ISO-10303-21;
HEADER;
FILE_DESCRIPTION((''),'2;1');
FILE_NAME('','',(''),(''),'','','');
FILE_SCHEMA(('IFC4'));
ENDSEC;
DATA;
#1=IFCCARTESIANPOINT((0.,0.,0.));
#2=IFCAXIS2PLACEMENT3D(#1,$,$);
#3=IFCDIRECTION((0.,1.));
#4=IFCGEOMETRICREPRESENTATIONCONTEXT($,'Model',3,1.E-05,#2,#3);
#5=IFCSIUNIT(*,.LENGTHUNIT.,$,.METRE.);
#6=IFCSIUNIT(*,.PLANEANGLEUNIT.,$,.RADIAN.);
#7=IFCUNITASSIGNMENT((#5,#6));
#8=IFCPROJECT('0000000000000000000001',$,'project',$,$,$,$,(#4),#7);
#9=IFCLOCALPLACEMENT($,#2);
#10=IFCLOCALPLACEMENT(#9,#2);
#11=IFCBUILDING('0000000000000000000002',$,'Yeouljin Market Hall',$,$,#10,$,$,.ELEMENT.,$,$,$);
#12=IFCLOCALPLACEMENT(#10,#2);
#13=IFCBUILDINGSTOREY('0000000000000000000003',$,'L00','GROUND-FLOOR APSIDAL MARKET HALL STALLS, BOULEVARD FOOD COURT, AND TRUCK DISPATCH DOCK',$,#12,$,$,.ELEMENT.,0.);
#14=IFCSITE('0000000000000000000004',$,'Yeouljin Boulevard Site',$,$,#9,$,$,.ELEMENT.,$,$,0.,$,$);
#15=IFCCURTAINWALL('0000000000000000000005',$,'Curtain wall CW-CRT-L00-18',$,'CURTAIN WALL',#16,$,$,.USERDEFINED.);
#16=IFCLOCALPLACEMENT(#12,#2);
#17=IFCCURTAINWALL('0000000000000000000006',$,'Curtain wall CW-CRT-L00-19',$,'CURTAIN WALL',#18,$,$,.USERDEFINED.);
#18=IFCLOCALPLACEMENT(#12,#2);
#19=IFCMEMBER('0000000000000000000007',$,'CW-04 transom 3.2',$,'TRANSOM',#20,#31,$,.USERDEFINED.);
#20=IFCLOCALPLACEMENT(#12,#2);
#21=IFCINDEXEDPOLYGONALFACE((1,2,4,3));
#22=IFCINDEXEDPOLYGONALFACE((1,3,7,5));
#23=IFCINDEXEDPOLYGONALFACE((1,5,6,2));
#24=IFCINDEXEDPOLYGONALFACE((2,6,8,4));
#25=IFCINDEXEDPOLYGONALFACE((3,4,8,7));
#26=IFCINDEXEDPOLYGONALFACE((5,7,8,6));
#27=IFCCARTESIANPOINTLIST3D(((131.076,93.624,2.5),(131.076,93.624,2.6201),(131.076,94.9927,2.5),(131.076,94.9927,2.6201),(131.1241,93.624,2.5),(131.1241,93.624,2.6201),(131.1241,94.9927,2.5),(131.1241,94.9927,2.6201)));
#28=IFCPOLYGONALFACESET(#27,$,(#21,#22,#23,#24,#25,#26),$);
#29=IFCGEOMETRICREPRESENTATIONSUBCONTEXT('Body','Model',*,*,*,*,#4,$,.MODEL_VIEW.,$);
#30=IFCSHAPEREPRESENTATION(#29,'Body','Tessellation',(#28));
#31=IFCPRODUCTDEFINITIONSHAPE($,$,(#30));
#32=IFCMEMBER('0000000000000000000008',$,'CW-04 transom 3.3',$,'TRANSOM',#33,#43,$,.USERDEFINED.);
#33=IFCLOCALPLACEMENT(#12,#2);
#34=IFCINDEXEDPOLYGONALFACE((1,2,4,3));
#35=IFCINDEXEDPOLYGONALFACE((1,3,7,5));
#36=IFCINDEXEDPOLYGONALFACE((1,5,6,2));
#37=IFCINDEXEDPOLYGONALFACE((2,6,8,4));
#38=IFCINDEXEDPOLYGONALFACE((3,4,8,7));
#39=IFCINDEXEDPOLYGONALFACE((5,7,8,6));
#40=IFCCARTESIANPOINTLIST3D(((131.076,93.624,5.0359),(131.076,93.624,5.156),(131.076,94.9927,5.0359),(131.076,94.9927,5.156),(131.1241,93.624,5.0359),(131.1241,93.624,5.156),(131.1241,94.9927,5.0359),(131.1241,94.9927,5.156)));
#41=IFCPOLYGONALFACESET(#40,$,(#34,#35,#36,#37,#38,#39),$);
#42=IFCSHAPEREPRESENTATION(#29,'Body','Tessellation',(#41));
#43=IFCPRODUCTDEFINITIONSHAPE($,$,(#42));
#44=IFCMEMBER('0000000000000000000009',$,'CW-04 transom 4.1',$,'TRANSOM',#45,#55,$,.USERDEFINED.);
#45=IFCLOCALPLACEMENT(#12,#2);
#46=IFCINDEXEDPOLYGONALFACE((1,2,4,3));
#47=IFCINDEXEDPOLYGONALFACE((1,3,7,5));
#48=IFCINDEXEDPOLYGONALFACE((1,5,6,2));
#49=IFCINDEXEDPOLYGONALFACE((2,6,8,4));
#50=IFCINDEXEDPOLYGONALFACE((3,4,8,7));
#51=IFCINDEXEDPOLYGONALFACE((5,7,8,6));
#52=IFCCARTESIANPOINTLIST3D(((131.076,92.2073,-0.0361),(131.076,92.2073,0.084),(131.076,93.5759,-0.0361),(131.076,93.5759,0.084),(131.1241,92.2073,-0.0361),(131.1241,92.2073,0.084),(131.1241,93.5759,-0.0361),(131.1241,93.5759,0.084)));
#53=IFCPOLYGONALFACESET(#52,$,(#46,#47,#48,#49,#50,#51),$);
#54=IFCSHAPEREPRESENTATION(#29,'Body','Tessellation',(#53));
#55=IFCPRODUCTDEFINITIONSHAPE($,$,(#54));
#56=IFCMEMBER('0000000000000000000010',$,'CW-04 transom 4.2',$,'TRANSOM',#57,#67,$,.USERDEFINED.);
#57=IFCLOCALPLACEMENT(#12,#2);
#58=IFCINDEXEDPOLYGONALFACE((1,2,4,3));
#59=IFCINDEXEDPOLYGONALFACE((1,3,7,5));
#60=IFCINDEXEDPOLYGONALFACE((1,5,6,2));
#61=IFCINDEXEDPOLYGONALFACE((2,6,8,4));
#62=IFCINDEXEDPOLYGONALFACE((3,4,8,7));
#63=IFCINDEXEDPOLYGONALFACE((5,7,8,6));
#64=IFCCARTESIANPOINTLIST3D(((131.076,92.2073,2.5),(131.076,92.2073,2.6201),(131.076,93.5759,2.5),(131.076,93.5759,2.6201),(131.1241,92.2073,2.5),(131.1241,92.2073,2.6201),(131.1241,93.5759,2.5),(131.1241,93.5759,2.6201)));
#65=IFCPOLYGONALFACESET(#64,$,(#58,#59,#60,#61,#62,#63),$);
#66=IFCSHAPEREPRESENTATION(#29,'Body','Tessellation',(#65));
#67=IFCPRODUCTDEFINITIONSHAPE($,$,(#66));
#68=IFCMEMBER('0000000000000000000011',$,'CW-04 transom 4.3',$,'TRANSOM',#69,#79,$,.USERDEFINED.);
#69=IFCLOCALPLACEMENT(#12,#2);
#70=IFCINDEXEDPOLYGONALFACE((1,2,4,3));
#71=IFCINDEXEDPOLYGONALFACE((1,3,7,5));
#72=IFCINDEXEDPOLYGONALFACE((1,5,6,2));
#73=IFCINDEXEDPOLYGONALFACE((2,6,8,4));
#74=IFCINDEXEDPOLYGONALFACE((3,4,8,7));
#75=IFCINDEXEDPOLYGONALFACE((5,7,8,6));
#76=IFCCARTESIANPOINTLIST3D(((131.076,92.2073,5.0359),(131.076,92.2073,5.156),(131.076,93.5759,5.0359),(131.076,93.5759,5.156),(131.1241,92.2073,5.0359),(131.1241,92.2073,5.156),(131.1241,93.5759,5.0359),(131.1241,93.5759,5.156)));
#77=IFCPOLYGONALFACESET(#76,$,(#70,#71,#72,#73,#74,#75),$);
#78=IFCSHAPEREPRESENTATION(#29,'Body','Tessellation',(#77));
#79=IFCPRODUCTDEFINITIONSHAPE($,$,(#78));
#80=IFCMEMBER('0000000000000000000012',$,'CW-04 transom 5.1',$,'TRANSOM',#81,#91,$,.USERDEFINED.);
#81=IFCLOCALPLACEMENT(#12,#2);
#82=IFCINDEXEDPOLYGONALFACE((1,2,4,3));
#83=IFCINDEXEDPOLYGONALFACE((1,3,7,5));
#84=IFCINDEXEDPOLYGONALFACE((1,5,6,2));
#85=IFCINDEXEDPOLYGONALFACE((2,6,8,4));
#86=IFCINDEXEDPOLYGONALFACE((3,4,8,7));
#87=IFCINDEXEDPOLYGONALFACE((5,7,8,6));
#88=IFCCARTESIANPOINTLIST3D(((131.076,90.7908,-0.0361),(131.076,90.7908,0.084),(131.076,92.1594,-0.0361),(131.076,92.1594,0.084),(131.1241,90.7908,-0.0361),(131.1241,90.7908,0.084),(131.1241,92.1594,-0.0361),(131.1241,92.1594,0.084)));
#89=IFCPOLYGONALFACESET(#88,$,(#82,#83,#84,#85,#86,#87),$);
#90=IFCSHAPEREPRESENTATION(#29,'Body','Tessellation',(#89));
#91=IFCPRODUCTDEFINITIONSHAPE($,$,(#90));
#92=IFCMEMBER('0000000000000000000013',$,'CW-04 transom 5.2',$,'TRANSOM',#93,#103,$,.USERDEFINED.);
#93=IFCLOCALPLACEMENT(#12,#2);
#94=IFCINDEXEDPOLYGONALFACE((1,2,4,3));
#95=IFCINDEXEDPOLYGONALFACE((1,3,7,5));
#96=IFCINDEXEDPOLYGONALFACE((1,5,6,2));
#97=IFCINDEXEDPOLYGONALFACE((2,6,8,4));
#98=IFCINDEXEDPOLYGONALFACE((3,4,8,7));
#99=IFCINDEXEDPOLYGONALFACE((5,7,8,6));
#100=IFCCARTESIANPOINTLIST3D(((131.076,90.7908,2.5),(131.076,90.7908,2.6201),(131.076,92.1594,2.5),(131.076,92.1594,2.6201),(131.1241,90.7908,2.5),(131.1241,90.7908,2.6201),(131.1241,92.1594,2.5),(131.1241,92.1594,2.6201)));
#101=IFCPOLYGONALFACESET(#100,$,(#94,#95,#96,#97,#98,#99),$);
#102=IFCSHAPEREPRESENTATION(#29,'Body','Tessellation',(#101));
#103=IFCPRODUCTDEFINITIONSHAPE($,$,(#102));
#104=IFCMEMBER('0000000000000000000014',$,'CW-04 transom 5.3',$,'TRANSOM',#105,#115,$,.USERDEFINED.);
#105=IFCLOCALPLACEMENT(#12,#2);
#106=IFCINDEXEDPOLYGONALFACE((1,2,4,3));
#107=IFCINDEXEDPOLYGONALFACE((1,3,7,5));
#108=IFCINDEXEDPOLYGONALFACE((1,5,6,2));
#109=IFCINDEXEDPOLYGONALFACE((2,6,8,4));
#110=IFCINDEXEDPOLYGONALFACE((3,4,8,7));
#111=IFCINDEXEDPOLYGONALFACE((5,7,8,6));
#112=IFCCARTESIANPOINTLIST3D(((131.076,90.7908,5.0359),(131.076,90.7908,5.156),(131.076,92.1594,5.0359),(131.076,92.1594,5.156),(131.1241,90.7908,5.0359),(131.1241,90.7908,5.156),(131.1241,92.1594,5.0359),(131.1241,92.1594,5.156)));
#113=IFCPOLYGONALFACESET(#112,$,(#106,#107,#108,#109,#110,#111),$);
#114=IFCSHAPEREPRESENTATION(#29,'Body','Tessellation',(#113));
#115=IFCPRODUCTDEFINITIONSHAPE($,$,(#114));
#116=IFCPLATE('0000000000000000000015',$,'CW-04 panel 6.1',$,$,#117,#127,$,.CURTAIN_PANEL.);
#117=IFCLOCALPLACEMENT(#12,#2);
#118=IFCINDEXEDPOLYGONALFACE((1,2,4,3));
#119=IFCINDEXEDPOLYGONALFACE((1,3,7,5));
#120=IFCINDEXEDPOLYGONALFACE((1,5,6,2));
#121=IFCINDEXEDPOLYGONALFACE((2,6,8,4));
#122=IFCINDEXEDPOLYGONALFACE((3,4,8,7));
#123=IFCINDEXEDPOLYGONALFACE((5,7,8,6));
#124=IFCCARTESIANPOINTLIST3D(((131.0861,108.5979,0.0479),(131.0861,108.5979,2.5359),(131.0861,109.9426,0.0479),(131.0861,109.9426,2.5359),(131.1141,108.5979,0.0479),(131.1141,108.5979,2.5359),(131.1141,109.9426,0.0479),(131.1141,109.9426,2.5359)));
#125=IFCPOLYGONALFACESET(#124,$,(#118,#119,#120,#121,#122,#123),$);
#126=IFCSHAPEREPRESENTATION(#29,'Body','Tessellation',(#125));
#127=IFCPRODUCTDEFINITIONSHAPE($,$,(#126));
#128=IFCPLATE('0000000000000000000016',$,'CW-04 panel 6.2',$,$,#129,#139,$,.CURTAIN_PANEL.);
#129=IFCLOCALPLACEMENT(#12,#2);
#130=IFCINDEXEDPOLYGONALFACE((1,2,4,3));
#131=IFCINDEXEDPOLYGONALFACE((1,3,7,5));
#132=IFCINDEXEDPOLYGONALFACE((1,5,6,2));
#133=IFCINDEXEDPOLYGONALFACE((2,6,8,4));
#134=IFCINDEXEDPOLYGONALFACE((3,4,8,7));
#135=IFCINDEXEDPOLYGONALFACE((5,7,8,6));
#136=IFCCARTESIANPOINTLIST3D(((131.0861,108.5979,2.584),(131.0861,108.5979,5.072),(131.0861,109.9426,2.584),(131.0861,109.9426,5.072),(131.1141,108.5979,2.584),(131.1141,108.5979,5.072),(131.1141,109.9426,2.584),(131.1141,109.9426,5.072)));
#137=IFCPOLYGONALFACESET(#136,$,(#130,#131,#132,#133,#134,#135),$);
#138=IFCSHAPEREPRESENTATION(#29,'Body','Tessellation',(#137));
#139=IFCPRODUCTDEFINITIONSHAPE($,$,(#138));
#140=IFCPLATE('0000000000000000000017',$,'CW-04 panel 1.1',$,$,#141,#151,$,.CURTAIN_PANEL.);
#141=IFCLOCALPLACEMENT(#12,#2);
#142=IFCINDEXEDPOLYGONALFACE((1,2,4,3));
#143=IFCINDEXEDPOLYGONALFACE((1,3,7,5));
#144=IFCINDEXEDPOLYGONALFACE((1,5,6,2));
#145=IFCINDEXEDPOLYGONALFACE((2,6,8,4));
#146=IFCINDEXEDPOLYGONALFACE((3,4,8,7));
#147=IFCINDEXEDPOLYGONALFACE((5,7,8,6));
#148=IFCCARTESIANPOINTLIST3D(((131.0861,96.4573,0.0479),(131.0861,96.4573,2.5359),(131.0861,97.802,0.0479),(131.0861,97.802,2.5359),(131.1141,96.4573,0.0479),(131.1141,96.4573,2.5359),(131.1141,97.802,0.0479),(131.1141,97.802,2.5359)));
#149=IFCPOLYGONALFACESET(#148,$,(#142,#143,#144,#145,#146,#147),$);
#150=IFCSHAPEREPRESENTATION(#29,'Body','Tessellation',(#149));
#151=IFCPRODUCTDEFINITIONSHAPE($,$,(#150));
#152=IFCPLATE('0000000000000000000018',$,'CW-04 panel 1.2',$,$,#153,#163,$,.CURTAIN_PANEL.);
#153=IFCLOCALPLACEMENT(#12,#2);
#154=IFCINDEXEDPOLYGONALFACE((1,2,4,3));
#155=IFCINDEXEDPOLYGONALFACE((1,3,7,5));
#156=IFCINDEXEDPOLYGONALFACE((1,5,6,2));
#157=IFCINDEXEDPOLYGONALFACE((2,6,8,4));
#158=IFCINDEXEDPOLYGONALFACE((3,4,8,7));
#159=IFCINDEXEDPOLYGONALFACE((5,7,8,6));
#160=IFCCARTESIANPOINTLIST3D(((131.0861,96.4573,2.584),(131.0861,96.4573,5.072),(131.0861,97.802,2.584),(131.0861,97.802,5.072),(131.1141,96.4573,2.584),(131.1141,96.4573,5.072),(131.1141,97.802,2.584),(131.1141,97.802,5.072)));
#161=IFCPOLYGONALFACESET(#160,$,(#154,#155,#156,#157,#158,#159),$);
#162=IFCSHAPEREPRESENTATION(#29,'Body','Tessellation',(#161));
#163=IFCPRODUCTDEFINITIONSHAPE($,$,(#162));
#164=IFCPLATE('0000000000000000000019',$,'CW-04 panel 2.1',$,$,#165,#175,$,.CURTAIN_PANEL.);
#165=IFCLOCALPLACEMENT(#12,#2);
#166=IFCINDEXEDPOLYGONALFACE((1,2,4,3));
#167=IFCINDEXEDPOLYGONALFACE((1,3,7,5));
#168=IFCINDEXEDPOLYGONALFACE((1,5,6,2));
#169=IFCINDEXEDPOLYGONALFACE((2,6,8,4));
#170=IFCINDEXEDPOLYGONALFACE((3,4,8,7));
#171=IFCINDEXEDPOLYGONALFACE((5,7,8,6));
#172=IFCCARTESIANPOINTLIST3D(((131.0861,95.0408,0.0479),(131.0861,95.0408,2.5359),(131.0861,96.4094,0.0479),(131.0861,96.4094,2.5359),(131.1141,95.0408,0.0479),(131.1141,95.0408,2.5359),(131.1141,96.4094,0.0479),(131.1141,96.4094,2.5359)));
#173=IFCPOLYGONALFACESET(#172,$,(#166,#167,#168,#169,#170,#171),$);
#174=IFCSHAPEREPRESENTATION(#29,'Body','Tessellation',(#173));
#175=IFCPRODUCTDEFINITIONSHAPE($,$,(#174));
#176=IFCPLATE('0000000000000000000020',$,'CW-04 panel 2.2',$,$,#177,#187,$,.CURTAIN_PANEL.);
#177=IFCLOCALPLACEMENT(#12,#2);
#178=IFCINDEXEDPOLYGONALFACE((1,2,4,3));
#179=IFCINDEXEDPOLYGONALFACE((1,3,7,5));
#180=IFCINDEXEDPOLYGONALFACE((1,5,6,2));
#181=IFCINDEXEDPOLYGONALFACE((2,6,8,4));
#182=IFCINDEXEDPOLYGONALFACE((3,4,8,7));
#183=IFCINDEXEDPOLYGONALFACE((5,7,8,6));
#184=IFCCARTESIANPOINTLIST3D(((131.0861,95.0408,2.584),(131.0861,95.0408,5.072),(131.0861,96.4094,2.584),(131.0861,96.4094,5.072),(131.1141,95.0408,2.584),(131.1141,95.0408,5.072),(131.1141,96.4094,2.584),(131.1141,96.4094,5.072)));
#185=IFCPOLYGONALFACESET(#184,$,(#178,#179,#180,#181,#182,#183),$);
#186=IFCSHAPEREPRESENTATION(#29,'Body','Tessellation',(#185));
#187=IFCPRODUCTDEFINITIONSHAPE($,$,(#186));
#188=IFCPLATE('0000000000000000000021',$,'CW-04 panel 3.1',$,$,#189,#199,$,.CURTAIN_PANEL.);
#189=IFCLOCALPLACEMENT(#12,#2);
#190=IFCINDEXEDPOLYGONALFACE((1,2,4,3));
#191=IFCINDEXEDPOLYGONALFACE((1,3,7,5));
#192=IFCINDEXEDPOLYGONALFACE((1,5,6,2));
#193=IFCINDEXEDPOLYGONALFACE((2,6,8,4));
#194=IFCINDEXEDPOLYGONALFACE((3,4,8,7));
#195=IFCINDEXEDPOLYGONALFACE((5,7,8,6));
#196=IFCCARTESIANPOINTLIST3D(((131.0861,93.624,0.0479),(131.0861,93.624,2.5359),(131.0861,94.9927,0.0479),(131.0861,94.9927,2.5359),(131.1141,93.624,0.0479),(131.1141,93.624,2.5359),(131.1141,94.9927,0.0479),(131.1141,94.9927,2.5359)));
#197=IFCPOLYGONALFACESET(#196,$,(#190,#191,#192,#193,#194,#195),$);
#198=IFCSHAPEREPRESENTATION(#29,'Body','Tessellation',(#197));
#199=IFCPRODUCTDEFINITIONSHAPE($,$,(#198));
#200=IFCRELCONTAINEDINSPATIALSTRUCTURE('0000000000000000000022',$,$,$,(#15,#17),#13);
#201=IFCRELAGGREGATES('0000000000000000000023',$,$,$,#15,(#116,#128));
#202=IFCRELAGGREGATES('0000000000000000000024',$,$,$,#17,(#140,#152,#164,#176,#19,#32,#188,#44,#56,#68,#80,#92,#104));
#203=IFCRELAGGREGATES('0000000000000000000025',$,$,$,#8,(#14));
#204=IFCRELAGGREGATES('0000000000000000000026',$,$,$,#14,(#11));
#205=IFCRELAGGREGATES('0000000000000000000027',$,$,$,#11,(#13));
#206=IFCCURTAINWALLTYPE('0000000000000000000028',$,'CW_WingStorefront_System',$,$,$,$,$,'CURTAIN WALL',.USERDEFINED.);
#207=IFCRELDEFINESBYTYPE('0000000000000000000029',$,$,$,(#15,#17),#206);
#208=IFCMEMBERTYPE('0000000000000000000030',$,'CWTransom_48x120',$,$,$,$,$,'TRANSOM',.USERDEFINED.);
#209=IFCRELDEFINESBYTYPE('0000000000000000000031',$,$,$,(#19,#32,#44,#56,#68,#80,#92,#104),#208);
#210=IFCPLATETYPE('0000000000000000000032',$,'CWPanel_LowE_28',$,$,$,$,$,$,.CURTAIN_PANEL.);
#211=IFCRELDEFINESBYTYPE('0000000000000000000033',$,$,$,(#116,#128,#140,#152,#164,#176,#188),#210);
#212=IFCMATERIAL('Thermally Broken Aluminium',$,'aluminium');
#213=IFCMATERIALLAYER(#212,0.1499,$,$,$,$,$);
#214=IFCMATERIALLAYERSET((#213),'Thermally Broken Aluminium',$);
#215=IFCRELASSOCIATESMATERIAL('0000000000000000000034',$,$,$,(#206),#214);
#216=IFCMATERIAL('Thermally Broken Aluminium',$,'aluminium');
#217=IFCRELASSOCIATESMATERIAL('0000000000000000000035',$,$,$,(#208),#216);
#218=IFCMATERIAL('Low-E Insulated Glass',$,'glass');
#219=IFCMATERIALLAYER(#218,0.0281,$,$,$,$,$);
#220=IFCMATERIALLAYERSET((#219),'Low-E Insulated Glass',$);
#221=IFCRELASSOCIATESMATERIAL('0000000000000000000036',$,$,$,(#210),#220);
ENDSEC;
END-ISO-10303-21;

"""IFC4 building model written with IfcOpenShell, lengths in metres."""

from ifc_helpers import new_model, si_unit, direction, frame, origin, origin_2d, place, context, subcontext, project, spatial, rectangle, extrude, material, layer, layer_set, material_profile, profile_set, type_object, element, aggregate, save


model = new_model("IFC4")

# Units and contexts
model_context = context("Model", 3, precision=1e-05, world=origin(), true_north=direction((0.0, 1.0)))
body_context = subcontext(model_context, "Body", "Model", "MODEL_VIEW")
ifc_project = project(units=[si_unit("LENGTHUNIT", "METRE"), si_unit("PLANEANGLEUNIT", "RADIAN")], contexts=[model_context])

# Site, building, storey
site_placement = place(None, origin())
site = spatial("IfcSite", under=ifc_project, at=site_placement, Name="Yeouljin Boulevard Site", CompositionType="ELEMENT", RefElevation=0.0)
building_placement = place(site_placement, origin())
building = spatial("IfcBuilding", under=site, at=building_placement, Name="Yeouljin Market Hall", CompositionType="ELEMENT")
storey_placement = place(building_placement, origin())
storey = spatial("IfcBuildingStorey", under=building, at=storey_placement, Name="L00", Description="GROUND-FLOOR APSIDAL MARKET HALL STALLS, BOULEVARD FOOD COURT, AND TRUCK DISPATCH DOCK", CompositionType="ELEMENT", Elevation=0.0)

# Curtain wall
ifc_material_1 = material(Name="Thermally Broken Aluminium", Category="aluminium")
ifc_layer_1 = layer(ifc_material_1, 0.1499)
ifc_layer_set_1 = layer_set([ifc_layer_1], Name="Thermally Broken Aluminium")
curtain_wall_type = type_object("IfcCurtainWallType", Name="CW_WingStorefront_System", ElementType="CURTAIN WALL", PredefinedType="USERDEFINED", material=ifc_layer_set_1)
curtain_wall_1_placement = place(storey_placement, origin())
curtain_wall_1 = element("IfcCurtainWall", 1, at=curtain_wall_1_placement, inside=storey, type_object=curtain_wall_type, Name="Curtain wall CW-CRT-L00-18", ObjectType="CURTAIN WALL", PredefinedType="USERDEFINED")

# Curtain wall
curtain_wall_2_placement = place(storey_placement, origin())
curtain_wall_2 = element("IfcCurtainWall", 2, at=curtain_wall_2_placement, inside=storey, type_object=curtain_wall_type, Name="Curtain wall CW-CRT-L00-19", ObjectType="CURTAIN WALL", PredefinedType="USERDEFINED")

# Members
ifc_material_2 = material(Name="Thermally Broken Aluminium", Category="aluminium")
ifc_material_profile_1 = material_profile(ifc_material_2, rectangle(XDim=0.0481, YDim=0.1201, at=origin_2d()), Name="CW-TRAN-48x120")
ifc_profile_set_1 = profile_set([ifc_material_profile_1], Name="Thermally Broken Aluminium")
member_type_1 = type_object("IfcMemberType", Name="CWTransom_48x120", ElementType="TRANSOM", PredefinedType="USERDEFINED", material=ifc_profile_set_1)
member_1_placement = place(storey_placement, frame((131.1001, 94.9927, 2.5601), z_axis=(0.0, -1.0, 0.0), x_axis=(1.0, 0.0, 0.0)))
member_1 = element("IfcMember", 3, at=member_1_placement, type_object=member_type_1, Name="CW-04 transom 3.2", ObjectType="TRANSOM", PredefinedType="USERDEFINED", context=body_context, shape_type="SweptSolid", body=[
    extrude(rectangle(XDim=0.0481, YDim=0.1201, at=origin_2d()), origin(), (0.0, 0.0, 1.0), 1.3687),
])
member_2_placement = place(storey_placement, frame((131.1001, 94.9927, 5.0959), z_axis=(0.0, -1.0, 0.0), x_axis=(1.0, 0.0, 0.0)))
member_2 = element("IfcMember", 4, at=member_2_placement, type_object=member_type_1, Name="CW-04 transom 3.3", ObjectType="TRANSOM", PredefinedType="USERDEFINED", context=body_context, shape_type="SweptSolid", body=[
    extrude(rectangle(XDim=0.0481, YDim=0.1201, at=origin_2d()), origin(), (0.0, 0.0, 1.0), 1.3687),
])
member_3_placement = place(storey_placement, frame((131.1001, 93.5759, 0.0239), z_axis=(0.0, -1.0, 0.0), x_axis=(1.0, 0.0, 0.0)))
member_3 = element("IfcMember", 5, at=member_3_placement, type_object=member_type_1, Name="CW-04 transom 4.1", ObjectType="TRANSOM", PredefinedType="USERDEFINED", context=body_context, shape_type="SweptSolid", body=[
    extrude(rectangle(XDim=0.0481, YDim=0.1201, at=origin_2d()), origin(), (0.0, 0.0, 1.0), 1.3687),
])
member_4_placement = place(storey_placement, frame((131.1001, 93.5759, 2.5601), z_axis=(0.0, -1.0, 0.0), x_axis=(1.0, 0.0, 0.0)))
member_4 = element("IfcMember", 6, at=member_4_placement, type_object=member_type_1, Name="CW-04 transom 4.2", ObjectType="TRANSOM", PredefinedType="USERDEFINED", context=body_context, shape_type="SweptSolid", body=[
    extrude(rectangle(XDim=0.0481, YDim=0.1201, at=origin_2d()), origin(), (0.0, 0.0, 1.0), 1.3687),
])
member_5_placement = place(storey_placement, frame((131.1001, 93.5759, 5.0959), z_axis=(0.0, -1.0, 0.0), x_axis=(1.0, 0.0, 0.0)))
member_5 = element("IfcMember", 7, at=member_5_placement, type_object=member_type_1, Name="CW-04 transom 4.3", ObjectType="TRANSOM", PredefinedType="USERDEFINED", context=body_context, shape_type="SweptSolid", body=[
    extrude(rectangle(XDim=0.0481, YDim=0.1201, at=origin_2d()), origin(), (0.0, 0.0, 1.0), 1.3687),
])
member_6_placement = place(storey_placement, frame((131.1001, 92.1594, 0.0239), z_axis=(0.0, -1.0, 0.0), x_axis=(1.0, 0.0, 0.0)))
member_6 = element("IfcMember", 8, at=member_6_placement, type_object=member_type_1, Name="CW-04 transom 5.1", ObjectType="TRANSOM", PredefinedType="USERDEFINED", context=body_context, shape_type="SweptSolid", body=[
    extrude(rectangle(XDim=0.0481, YDim=0.1201, at=origin_2d()), origin(), (0.0, 0.0, 1.0), 1.3687),
])
member_7_placement = place(storey_placement, frame((131.1001, 92.1594, 2.5601), z_axis=(0.0, -1.0, 0.0), x_axis=(1.0, 0.0, 0.0)))
member_7 = element("IfcMember", 9, at=member_7_placement, type_object=member_type_1, Name="CW-04 transom 5.2", ObjectType="TRANSOM", PredefinedType="USERDEFINED", context=body_context, shape_type="SweptSolid", body=[
    extrude(rectangle(XDim=0.0481, YDim=0.1201, at=origin_2d()), origin(), (0.0, 0.0, 1.0), 1.3687),
])
member_8_placement = place(storey_placement, frame((131.1001, 92.1594, 5.0959), z_axis=(0.0, -1.0, 0.0), x_axis=(1.0, 0.0, 0.0)))
member_8 = element("IfcMember", 10, at=member_8_placement, type_object=member_type_1, Name="CW-04 transom 5.3", ObjectType="TRANSOM", PredefinedType="USERDEFINED", context=body_context, shape_type="SweptSolid", body=[
    extrude(rectangle(XDim=0.0481, YDim=0.1201, at=origin_2d()), origin(), (0.0, 0.0, 1.0), 1.3687),
])

# Plates
ifc_material_3 = material(Name="Low-E Insulated Glass", Category="glass")
ifc_layer_2 = layer(ifc_material_3, 0.0281)
ifc_layer_set_2 = layer_set([ifc_layer_2], Name="Low-E Insulated Glass")
plate_type = type_object("IfcPlateType", Name="CWPanel_LowE_28", PredefinedType="CURTAIN_PANEL", material=ifc_layer_set_2)
plate_1_placement = place(storey_placement, frame((131.1001, 109.2703, 0.0479), z_axis=(0.0, 0.0, 1.0), x_axis=(0.0, -1.0, 0.0)))
plate_1 = element("IfcPlate", 11, at=plate_1_placement, type_object=plate_type, Name="CW-04 panel 6.1", PredefinedType="CURTAIN_PANEL", context=body_context, shape_type="SweptSolid", body=[
    extrude(rectangle(XDim=1.3447, YDim=0.0281, at=origin_2d()), origin(), (0.0, 0.0, 1.0), 2.488),
])
plate_2_placement = place(storey_placement, frame((131.1001, 109.2703, 2.584), z_axis=(0.0, 0.0, 1.0), x_axis=(0.0, -1.0, 0.0)))
plate_2 = element("IfcPlate", 12, at=plate_2_placement, type_object=plate_type, Name="CW-04 panel 6.2", PredefinedType="CURTAIN_PANEL", context=body_context, shape_type="SweptSolid", body=[
    extrude(rectangle(XDim=1.3447, YDim=0.0281, at=origin_2d()), origin(), (0.0, 0.0, 1.0), 2.488),
])
aggregate(curtain_wall_1, [plate_1, plate_2])
plate_3_placement = place(storey_placement, frame((131.1001, 97.1296, 0.0479), z_axis=(0.0, 0.0, 1.0), x_axis=(0.0, -1.0, 0.0)))
plate_3 = element("IfcPlate", 13, at=plate_3_placement, type_object=plate_type, Name="CW-04 panel 1.1", PredefinedType="CURTAIN_PANEL", context=body_context, shape_type="SweptSolid", body=[
    extrude(rectangle(XDim=1.3447, YDim=0.0281, at=origin_2d()), origin(), (0.0, 0.0, 1.0), 2.488),
])
plate_4_placement = place(storey_placement, frame((131.1001, 97.1296, 2.584), z_axis=(0.0, 0.0, 1.0), x_axis=(0.0, -1.0, 0.0)))
plate_4 = element("IfcPlate", 14, at=plate_4_placement, type_object=plate_type, Name="CW-04 panel 1.2", PredefinedType="CURTAIN_PANEL", context=body_context, shape_type="SweptSolid", body=[
    extrude(rectangle(XDim=1.3447, YDim=0.0281, at=origin_2d()), origin(), (0.0, 0.0, 1.0), 2.488),
])
plate_5_placement = place(storey_placement, frame((131.1001, 95.7251, 0.0479), z_axis=(0.0, 0.0, 1.0), x_axis=(0.0, -1.0, 0.0)))
plate_5 = element("IfcPlate", 15, at=plate_5_placement, type_object=plate_type, Name="CW-04 panel 2.1", PredefinedType="CURTAIN_PANEL", context=body_context, shape_type="SweptSolid", body=[
    extrude(rectangle(XDim=1.3687, YDim=0.0281, at=origin_2d()), origin(), (0.0, 0.0, 1.0), 2.488),
])
plate_6_placement = place(storey_placement, frame((131.1001, 95.7251, 2.584), z_axis=(0.0, 0.0, 1.0), x_axis=(0.0, -1.0, 0.0)))
plate_6 = element("IfcPlate", 16, at=plate_6_placement, type_object=plate_type, Name="CW-04 panel 2.2", PredefinedType="CURTAIN_PANEL", context=body_context, shape_type="SweptSolid", body=[
    extrude(rectangle(XDim=1.3687, YDim=0.0281, at=origin_2d()), origin(), (0.0, 0.0, 1.0), 2.488),
])
plate_7_placement = place(storey_placement, frame((131.1001, 94.3083, 0.0479), z_axis=(0.0, 0.0, 1.0), x_axis=(0.0, -1.0, 0.0)))
plate_7 = element("IfcPlate", 17, at=plate_7_placement, type_object=plate_type, Name="CW-04 panel 3.1", PredefinedType="CURTAIN_PANEL", context=body_context, shape_type="SweptSolid", body=[
    extrude(rectangle(XDim=1.3687, YDim=0.0281, at=origin_2d()), origin(), (0.0, 0.0, 1.0), 2.488),
])
aggregate(curtain_wall_2, [plate_3, plate_4, plate_5, plate_6, member_1, member_2, plate_7, member_3, member_4, member_5, member_6, member_7, member_8])

save(model, "model.ifc")
